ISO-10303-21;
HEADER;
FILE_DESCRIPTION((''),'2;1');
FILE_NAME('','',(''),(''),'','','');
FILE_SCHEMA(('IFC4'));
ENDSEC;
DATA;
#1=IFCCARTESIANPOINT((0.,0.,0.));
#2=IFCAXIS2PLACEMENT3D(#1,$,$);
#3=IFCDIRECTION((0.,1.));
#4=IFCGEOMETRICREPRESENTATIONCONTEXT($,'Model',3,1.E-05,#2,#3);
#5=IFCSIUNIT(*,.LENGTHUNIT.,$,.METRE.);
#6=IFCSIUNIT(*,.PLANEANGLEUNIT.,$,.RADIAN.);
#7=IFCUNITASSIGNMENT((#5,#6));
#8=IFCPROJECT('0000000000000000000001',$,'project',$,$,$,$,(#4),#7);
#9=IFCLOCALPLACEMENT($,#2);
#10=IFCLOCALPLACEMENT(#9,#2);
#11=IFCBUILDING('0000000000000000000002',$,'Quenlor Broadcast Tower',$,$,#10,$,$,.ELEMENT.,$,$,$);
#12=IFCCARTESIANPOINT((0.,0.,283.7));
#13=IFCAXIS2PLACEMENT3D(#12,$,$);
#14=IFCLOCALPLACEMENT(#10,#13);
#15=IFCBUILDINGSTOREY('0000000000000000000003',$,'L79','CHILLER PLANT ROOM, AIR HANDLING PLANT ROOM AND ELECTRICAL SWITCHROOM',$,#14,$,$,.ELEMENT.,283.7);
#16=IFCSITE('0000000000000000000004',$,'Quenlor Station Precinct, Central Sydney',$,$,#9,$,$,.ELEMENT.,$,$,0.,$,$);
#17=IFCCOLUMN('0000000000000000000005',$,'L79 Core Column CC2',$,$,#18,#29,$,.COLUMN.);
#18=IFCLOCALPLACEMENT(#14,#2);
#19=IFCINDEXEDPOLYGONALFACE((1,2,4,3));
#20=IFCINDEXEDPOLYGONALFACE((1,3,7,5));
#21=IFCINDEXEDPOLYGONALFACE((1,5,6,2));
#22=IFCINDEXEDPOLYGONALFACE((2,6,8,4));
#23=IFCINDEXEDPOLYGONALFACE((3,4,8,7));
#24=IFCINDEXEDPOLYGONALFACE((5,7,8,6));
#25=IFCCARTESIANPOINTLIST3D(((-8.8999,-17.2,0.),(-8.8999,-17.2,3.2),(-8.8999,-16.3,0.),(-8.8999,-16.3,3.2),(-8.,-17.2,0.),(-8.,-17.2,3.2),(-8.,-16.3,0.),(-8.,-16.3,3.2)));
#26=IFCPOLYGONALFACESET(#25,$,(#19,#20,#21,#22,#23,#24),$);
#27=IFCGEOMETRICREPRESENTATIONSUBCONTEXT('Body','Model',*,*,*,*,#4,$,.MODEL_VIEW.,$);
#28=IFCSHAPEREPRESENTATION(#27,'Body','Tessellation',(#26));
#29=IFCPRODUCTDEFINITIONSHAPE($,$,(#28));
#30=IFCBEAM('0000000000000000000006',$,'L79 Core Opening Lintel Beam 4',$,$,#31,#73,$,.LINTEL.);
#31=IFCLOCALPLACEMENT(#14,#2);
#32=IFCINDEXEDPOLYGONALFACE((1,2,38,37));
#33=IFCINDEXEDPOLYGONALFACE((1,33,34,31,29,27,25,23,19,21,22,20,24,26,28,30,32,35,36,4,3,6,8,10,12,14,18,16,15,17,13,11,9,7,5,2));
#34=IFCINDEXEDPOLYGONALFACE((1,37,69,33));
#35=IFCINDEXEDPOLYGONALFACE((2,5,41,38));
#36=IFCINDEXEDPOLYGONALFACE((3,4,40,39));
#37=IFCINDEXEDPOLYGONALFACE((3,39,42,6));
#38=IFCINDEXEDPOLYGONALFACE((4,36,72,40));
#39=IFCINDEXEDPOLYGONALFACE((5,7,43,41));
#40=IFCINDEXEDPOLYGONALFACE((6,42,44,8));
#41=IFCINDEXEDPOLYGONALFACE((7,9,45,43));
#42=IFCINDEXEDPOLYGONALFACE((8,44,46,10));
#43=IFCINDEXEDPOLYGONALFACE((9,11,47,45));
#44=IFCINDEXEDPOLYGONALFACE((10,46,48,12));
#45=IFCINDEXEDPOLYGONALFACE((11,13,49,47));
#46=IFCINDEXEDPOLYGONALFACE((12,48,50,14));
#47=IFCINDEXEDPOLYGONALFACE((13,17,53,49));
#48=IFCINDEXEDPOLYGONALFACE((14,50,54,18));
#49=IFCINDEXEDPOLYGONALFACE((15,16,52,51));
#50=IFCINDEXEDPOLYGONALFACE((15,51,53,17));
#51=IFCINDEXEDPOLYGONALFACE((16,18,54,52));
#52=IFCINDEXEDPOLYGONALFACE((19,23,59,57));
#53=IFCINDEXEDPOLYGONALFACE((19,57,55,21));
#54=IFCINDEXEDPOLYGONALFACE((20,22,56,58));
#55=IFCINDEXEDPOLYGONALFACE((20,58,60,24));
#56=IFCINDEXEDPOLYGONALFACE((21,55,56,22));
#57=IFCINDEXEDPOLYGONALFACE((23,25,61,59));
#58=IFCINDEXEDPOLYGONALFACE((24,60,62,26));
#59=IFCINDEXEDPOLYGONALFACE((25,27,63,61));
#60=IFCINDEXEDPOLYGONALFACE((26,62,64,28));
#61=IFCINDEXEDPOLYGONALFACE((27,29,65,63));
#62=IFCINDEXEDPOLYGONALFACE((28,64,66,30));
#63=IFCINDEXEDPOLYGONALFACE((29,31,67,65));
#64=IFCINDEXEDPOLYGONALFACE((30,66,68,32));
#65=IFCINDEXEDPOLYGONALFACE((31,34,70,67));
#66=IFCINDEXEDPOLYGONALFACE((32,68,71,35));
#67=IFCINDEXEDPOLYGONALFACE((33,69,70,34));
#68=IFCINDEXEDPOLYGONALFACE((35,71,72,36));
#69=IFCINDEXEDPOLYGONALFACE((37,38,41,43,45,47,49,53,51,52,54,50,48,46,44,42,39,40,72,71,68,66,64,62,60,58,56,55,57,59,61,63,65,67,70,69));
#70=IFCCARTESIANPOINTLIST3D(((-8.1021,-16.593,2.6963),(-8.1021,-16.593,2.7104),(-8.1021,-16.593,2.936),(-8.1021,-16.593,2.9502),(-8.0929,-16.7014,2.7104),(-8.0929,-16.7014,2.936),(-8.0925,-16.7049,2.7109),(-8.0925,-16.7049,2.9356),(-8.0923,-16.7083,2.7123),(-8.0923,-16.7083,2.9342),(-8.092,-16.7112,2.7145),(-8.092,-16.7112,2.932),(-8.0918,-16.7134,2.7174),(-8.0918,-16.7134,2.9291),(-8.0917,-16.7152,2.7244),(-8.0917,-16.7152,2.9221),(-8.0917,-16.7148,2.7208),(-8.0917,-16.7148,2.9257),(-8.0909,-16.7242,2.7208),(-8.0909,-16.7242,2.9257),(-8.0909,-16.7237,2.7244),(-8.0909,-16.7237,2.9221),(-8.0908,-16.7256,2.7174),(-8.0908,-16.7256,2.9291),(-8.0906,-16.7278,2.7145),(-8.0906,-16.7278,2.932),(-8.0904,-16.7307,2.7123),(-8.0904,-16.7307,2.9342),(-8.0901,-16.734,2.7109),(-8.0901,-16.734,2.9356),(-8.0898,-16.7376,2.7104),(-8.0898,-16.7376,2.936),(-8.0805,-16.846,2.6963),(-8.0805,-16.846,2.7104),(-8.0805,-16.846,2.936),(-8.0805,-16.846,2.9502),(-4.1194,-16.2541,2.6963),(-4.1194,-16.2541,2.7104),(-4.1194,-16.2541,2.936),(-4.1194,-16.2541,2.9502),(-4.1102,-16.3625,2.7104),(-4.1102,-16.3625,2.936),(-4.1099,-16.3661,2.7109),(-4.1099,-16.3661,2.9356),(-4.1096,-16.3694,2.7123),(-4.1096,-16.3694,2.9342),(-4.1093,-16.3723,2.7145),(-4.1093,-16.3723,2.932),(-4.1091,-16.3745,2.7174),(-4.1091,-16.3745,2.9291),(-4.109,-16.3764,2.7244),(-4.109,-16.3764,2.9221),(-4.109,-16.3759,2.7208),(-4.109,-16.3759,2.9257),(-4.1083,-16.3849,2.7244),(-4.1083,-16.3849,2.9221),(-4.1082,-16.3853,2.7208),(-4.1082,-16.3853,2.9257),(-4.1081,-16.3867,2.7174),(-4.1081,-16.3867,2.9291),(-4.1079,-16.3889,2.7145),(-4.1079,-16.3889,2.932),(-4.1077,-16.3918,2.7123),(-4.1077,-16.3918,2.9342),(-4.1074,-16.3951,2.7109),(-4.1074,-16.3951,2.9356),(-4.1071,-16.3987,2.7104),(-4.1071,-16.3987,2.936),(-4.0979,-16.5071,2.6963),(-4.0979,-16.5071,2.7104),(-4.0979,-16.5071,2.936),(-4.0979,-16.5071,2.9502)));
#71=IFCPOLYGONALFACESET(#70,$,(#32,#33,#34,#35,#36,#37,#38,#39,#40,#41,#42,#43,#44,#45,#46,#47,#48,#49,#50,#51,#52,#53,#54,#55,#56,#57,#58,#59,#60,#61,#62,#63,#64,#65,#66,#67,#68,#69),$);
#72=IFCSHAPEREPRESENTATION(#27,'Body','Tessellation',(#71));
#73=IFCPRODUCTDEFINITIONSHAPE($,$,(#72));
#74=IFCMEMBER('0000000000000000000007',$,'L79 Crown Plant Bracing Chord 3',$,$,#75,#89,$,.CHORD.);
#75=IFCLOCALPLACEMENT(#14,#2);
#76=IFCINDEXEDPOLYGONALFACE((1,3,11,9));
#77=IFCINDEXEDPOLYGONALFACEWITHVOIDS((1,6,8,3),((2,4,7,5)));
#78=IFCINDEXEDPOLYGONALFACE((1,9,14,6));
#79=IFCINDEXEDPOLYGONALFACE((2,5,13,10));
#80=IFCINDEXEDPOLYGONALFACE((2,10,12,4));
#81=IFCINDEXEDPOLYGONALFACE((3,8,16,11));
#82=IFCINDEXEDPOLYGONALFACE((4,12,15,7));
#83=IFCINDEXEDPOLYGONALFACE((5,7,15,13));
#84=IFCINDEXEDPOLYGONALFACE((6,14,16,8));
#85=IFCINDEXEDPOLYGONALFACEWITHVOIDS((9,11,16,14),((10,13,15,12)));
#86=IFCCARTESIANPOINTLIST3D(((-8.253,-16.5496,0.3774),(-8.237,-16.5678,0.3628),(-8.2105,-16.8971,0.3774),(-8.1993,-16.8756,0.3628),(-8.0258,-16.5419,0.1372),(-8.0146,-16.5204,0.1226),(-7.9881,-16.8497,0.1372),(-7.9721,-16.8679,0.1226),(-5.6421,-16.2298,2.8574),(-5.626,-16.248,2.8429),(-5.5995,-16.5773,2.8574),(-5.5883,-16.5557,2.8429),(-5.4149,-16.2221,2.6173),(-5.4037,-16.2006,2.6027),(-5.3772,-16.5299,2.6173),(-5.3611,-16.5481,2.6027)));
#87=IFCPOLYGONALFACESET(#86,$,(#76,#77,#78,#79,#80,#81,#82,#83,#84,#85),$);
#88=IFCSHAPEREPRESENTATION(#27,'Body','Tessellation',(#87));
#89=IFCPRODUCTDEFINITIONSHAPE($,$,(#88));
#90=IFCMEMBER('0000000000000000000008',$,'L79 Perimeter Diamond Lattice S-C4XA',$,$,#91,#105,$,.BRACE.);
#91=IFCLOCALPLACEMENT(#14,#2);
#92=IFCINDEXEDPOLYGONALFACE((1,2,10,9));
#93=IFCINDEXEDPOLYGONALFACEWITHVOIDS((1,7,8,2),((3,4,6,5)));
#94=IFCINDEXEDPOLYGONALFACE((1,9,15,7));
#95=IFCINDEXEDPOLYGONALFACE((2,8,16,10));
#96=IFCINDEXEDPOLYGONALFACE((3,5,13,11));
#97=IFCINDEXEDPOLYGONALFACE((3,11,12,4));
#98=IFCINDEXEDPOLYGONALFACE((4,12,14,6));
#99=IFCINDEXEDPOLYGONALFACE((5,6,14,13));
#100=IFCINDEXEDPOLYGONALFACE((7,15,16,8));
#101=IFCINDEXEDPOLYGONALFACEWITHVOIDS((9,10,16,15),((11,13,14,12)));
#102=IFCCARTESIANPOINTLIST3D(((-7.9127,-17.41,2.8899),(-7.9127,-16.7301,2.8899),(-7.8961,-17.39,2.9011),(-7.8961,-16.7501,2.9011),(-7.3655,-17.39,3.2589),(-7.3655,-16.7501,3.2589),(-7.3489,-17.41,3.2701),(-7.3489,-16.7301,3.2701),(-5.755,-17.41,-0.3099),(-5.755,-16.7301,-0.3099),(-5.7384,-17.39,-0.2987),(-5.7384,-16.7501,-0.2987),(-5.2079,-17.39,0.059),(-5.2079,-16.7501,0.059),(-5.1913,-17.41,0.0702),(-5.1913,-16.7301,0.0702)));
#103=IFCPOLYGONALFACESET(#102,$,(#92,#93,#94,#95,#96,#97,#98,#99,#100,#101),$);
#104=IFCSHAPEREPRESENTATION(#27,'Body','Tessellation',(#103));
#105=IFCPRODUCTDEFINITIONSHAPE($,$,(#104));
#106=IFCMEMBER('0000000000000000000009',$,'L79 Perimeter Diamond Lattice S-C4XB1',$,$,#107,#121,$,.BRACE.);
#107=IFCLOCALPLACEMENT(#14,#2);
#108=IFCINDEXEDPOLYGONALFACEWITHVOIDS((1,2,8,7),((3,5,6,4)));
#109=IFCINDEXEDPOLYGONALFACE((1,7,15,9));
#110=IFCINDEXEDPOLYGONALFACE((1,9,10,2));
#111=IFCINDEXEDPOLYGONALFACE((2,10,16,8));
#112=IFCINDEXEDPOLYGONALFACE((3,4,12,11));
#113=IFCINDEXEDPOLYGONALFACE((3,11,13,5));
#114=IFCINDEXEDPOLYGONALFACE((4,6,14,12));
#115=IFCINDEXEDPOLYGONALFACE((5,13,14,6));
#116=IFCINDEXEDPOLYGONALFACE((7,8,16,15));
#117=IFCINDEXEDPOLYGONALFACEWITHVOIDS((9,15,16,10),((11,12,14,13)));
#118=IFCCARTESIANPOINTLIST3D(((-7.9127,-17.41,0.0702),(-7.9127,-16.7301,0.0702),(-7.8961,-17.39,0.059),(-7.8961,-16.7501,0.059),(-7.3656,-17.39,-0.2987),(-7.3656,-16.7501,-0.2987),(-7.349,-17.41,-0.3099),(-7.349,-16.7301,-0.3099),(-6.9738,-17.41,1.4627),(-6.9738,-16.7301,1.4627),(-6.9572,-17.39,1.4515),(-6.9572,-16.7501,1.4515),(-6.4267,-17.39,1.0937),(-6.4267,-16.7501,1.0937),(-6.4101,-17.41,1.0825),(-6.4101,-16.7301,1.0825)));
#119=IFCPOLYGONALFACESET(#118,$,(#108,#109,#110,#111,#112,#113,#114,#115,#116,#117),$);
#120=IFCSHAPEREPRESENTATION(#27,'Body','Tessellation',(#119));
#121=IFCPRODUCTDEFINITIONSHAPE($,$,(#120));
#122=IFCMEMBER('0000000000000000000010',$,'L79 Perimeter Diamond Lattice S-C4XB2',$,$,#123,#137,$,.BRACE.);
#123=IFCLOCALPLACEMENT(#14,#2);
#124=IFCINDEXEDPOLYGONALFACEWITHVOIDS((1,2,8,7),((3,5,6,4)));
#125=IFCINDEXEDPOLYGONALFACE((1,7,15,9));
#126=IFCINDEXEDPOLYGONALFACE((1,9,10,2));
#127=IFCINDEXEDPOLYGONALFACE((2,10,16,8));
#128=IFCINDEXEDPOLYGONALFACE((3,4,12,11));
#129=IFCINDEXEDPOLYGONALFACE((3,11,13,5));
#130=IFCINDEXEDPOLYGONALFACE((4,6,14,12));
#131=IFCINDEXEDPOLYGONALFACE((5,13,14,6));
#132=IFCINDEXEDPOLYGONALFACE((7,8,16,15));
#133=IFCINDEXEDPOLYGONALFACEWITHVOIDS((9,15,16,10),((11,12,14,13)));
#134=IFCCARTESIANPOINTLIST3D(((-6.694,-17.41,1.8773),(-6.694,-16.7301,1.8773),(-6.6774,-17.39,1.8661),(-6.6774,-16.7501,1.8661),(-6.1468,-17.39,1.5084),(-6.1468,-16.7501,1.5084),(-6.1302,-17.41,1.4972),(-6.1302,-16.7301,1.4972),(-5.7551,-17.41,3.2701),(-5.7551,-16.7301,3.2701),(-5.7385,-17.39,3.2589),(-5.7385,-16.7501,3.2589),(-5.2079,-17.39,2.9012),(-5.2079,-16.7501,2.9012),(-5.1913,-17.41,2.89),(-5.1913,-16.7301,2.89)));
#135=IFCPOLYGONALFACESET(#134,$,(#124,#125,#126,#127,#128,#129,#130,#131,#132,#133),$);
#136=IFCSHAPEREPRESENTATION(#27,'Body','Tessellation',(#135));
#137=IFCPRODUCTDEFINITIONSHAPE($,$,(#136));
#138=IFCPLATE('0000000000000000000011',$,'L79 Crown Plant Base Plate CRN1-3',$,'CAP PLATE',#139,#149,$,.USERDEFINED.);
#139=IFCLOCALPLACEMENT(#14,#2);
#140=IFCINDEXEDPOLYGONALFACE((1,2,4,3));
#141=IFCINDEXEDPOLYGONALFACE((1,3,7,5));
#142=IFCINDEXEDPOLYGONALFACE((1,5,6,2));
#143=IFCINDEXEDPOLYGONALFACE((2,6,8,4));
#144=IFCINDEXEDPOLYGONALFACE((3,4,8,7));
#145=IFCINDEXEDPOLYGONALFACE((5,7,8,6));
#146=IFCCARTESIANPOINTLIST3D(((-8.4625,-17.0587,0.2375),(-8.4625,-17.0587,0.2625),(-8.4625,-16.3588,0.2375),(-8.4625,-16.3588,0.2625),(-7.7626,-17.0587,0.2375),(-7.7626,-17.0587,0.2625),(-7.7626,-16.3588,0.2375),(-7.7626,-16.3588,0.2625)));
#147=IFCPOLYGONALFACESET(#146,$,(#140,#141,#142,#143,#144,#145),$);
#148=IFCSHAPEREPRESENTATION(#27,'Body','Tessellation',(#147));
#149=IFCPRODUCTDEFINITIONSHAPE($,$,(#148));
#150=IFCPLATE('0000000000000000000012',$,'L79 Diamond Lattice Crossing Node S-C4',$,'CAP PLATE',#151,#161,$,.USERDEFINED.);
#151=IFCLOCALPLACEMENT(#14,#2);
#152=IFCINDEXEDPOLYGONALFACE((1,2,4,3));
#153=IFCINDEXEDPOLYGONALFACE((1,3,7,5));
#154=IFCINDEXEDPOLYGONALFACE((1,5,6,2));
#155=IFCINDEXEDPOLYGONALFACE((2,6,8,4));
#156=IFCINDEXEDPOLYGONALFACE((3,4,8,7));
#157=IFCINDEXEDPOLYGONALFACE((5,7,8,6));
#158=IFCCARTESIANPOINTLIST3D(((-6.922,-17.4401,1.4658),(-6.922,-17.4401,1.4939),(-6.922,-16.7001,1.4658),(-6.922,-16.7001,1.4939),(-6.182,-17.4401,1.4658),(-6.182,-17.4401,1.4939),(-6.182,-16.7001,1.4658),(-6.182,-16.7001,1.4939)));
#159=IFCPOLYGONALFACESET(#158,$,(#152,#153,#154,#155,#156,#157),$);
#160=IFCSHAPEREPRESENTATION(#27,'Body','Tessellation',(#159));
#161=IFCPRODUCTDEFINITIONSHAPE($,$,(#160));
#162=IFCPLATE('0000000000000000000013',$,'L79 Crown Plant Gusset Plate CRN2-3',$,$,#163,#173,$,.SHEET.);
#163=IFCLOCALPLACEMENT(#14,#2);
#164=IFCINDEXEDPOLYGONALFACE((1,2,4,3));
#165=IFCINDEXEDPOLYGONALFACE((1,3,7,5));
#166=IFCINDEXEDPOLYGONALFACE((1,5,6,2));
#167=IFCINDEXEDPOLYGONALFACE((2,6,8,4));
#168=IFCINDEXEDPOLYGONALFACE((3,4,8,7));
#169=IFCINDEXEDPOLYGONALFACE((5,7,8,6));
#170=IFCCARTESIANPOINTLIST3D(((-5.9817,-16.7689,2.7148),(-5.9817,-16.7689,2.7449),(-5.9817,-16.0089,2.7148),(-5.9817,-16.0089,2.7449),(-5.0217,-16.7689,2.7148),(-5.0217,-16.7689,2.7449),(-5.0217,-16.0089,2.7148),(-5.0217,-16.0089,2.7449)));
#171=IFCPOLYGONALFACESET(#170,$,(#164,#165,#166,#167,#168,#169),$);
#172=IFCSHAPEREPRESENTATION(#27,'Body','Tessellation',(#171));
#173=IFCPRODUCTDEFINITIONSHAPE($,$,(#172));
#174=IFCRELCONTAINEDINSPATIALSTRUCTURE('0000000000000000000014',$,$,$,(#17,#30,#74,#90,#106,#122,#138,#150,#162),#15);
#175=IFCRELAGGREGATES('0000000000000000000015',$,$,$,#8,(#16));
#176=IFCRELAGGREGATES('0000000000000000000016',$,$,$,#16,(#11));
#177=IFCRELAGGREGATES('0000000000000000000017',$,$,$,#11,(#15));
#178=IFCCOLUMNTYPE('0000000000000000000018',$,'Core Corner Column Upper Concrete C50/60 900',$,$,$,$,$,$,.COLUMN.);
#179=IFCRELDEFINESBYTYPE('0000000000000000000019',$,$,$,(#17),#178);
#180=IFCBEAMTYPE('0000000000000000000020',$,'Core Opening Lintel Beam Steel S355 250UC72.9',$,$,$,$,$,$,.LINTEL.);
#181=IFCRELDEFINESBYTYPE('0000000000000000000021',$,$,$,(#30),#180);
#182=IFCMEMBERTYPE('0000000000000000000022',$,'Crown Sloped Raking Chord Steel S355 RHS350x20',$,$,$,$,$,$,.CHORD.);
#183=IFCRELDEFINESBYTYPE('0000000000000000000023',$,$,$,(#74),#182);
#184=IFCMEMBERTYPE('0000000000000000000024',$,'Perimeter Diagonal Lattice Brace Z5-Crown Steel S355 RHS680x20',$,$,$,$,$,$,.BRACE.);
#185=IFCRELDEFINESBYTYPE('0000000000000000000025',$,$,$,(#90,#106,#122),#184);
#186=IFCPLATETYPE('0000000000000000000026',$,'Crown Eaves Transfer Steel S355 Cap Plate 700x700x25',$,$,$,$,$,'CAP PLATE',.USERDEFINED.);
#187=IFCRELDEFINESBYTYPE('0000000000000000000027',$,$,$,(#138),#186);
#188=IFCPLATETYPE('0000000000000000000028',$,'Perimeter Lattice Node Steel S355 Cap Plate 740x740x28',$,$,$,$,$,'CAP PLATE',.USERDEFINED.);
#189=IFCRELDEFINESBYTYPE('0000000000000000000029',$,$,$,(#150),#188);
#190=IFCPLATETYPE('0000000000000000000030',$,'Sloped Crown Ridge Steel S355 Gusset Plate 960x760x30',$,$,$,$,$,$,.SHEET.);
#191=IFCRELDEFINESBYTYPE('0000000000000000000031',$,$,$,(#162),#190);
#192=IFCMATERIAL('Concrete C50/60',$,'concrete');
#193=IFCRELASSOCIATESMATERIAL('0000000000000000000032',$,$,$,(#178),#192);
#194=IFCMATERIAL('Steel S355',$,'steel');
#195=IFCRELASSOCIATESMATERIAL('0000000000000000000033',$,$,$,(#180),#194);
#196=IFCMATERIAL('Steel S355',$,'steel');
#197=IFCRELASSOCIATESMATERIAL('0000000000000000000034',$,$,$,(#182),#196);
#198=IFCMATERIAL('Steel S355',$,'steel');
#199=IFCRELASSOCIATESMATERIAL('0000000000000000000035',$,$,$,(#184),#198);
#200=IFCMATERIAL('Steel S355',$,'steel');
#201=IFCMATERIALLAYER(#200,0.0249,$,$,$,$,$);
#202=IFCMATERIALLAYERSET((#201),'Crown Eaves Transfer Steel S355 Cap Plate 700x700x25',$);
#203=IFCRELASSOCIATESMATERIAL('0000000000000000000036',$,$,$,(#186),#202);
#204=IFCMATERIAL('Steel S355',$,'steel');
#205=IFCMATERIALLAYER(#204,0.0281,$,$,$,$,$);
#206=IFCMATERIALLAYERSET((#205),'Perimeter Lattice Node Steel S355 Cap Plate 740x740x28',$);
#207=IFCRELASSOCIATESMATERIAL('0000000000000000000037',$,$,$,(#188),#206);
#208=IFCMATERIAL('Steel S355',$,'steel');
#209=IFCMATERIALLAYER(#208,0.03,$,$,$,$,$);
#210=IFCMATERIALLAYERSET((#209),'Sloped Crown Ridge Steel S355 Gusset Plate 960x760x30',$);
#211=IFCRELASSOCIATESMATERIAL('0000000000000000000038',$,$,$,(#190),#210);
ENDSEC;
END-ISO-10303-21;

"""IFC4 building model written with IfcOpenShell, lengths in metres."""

from ifc_helpers import new_model, si_unit, direction, frame, origin, origin_2d, place, context, subcontext, project, spatial, rectangle, hollow_rectangle, i_section, extrude, material, layer, layer_set, material_profile, profile_set, type_object, element, save


model = new_model("IFC4")

# Units and contexts
model_context = context("Model", 3, precision=1e-05, world=origin(), true_north=direction((0.0, 1.0)))
body_context = subcontext(model_context, "Body", "Model", "MODEL_VIEW")
ifc_project = project(units=[si_unit("LENGTHUNIT", "METRE"), si_unit("PLANEANGLEUNIT", "RADIAN")], contexts=[model_context])

# Site, building, storey
site_placement = place(None, origin())
site = spatial("IfcSite", under=ifc_project, at=site_placement, Name="Quenlor Station Precinct, Central Sydney", CompositionType="ELEMENT", RefElevation=0.0)
building_placement = place(site_placement, origin())
building = spatial("IfcBuilding", under=site, at=building_placement, Name="Quenlor Broadcast Tower", CompositionType="ELEMENT")
storey_placement = place(building_placement, frame((0.0, 0.0, 283.7)))
storey = spatial("IfcBuildingStorey", under=building, at=storey_placement, Name="L79", Description="CHILLER PLANT ROOM, AIR HANDLING PLANT ROOM AND ELECTRICAL SWITCHROOM", CompositionType="ELEMENT", Elevation=283.7)

# Column
ifc_material_1 = material(Name="Concrete C50/60", Category="concrete")
ifc_material_profile_1 = material_profile(ifc_material_1, rectangle(XDim=0.8999, YDim=0.8999, at=origin_2d()))
ifc_profile_set_1 = profile_set([ifc_material_profile_1], Name="Concrete C50/60 RC900x900")
column_type = type_object("IfcColumnType", Name="Core Corner Column Upper Concrete C50/60 900", PredefinedType="COLUMN", material=ifc_profile_set_1)
column_placement = place(storey_placement, frame((-8.45, -16.75, 0.0), z_axis=(0.0, 0.0, 1.0), x_axis=(1.0, 0.0, 0.0)))
element("IfcColumn", 1, at=column_placement, inside=storey, type_object=column_type, Name="L79 Core Column CC2", PredefinedType="COLUMN", context=body_context, shape_type="SweptSolid", body=[
    extrude(rectangle(XDim=0.8999, YDim=0.8999, at=origin_2d()), origin(), (0.0, 0.0, 1.0), 3.2),
])

# Beam
ifc_material_2 = material(Name="Steel S355", Category="steel")
ifc_material_profile_2 = material_profile(ifc_material_2, i_section(OverallWidth=0.2539, OverallDepth=0.2539, WebThickness=0.0085, FlangeThickness=0.0142, FilletRadius=0.0139, at=origin_2d()))
ifc_profile_set_2 = profile_set([ifc_material_profile_2], Name="Steel S355 250UC72.9")
beam_type = type_object("IfcBeamType", Name="Core Opening Lintel Beam Steel S355 250UC72.9", PredefinedType="LINTEL", material=ifc_profile_set_2)
beam_placement = place(storey_placement, frame((-8.0913, -16.7195, 2.8232), z_axis=(0.9964, 0.084779, 0.0), x_axis=(-0.084779, 0.9964, 0.0)))
element("IfcBeam", 2, at=beam_placement, inside=storey, type_object=beam_type, Name="L79 Core Opening Lintel Beam 4", PredefinedType="LINTEL", context=body_context, shape_type="SweptSolid", body=[
    extrude(i_section(OverallWidth=0.2539, OverallDepth=0.2539, WebThickness=0.0085, FlangeThickness=0.0142, FilletRadius=0.0139, at=origin_2d()), origin(), (0.0, 0.0, 1.0), 3.9971),
])

# Members
ifc_material_3 = material(Name="Steel S355", Category="steel")
ifc_material_profile_3 = material_profile(ifc_material_3, hollow_rectangle(XDim=0.3501, YDim=0.3501, WallThickness=0.02, at=origin_2d()))
ifc_profile_set_3 = profile_set([ifc_material_profile_3], Name="Steel S355 RHS350x350x20")
member_type_1 = type_object("IfcMemberType", Name="Crown Sloped Raking Chord Steel S355 RHS350x20", PredefinedType="CHORD", material=ifc_profile_set_3)
member_1_placement = place(storey_placement, frame((-8.1125, -16.7087, 0.25), z_axis=(0.722201, 0.088469, 0.686003), x_axis=(-0.12159, 0.99258, 0.0)))
element("IfcMember", 3, at=member_1_placement, inside=storey, type_object=member_type_1, Name="L79 Crown Plant Bracing Chord 3", PredefinedType="CHORD", context=body_context, shape_type="SweptSolid", body=[
    extrude(hollow_rectangle(XDim=0.3501, YDim=0.3501, WallThickness=0.02, at=origin_2d()), origin(), (0.0, 0.0, 1.0), 3.6152),
])
ifc_material_4 = material(Name="Steel S355", Category="steel")
ifc_material_profile_4 = material_profile(ifc_material_4, hollow_rectangle(XDim=0.6799, YDim=0.6799, WallThickness=0.02, at=origin_2d()))
ifc_profile_set_4 = profile_set([ifc_material_profile_4], Name="Steel S355 RHS680x680x20")
member_type_2 = type_object("IfcMemberType", Name="Perimeter Diagonal Lattice Brace Z5-Crown Steel S355 RHS680x20", PredefinedType="BRACE", material=ifc_profile_set_4)
member_2_placement = place(storey_placement, frame((-5.4731, -17.0701, -0.1199), z_axis=(-0.559072, 0.0, 0.829119), x_axis=(0.0, -1.0, 0.0)))
element("IfcMember", 4, at=member_2_placement, inside=storey, type_object=member_type_2, Name="L79 Perimeter Diamond Lattice S-C4XA", PredefinedType="BRACE", context=body_context, shape_type="SweptSolid", body=[
    extrude(hollow_rectangle(XDim=0.6799, YDim=0.6799, WallThickness=0.02, at=origin_2d()), origin(), (0.0, 0.0, 1.0), 3.8594),
])
member_3_placement = place(storey_placement, frame((-7.6309, -17.0701, -0.1199), z_axis=(0.559053, 0.0, 0.829132), x_axis=(0.0, 1.0, 0.0)))
element("IfcMember", 5, at=member_3_placement, inside=storey, type_object=member_type_2, Name="L79 Perimeter Diamond Lattice S-C4XB1", PredefinedType="BRACE", context=body_context, shape_type="SweptSolid", body=[
    extrude(hollow_rectangle(XDim=0.6799, YDim=0.6799, WallThickness=0.02, at=origin_2d()), origin(), (0.0, 0.0, 1.0), 1.6794),
])
member_4_placement = place(storey_placement, frame((-6.4121, -17.0701, 1.6873), z_axis=(0.558986, 0.0, 0.829177), x_axis=(0.0, 1.0, 0.0)))
element("IfcMember", 6, at=member_4_placement, inside=storey, type_object=member_type_2, Name="L79 Perimeter Diamond Lattice S-C4XB2", PredefinedType="BRACE", context=body_context, shape_type="SweptSolid", body=[
    extrude(hollow_rectangle(XDim=0.6799, YDim=0.6799, WallThickness=0.02, at=origin_2d()), origin(), (0.0, 0.0, 1.0), 1.6797),
])

# Plates
ifc_material_5 = material(Name="Steel S355", Category="steel")
ifc_layer_1 = layer(ifc_material_5, 0.0249)
ifc_layer_set_1 = layer_set([ifc_layer_1], Name="Crown Eaves Transfer Steel S355 Cap Plate 700x700x25")
plate_type_1 = type_object("IfcPlateType", Name="Crown Eaves Transfer Steel S355 Cap Plate 700x700x25", ElementType="CAP PLATE", PredefinedType="USERDEFINED", material=ifc_layer_set_1)
plate_1_placement = place(storey_placement, frame((-8.1125, -16.7087, 0.2375), z_axis=(0.0, 0.0, 1.0), x_axis=(1.0, 0.0, 0.0)))
element("IfcPlate", 7, at=plate_1_placement, inside=storey, type_object=plate_type_1, Name="L79 Crown Plant Base Plate CRN1-3", ObjectType="CAP PLATE", PredefinedType="USERDEFINED", context=body_context, shape_type="SweptSolid", body=[
    extrude(rectangle(XDim=0.7, YDim=0.7, at=origin_2d()), origin(), (0.0, 0.0, 1.0), 0.0249),
])
ifc_material_6 = material(Name="Steel S355", Category="steel")
ifc_layer_2 = layer(ifc_material_6, 0.0281)
ifc_layer_set_2 = layer_set([ifc_layer_2], Name="Perimeter Lattice Node Steel S355 Cap Plate 740x740x28")
plate_type_2 = type_object("IfcPlateType", Name="Perimeter Lattice Node Steel S355 Cap Plate 740x740x28", ElementType="CAP PLATE", PredefinedType="USERDEFINED", material=ifc_layer_set_2)
plate_2_placement = place(storey_placement, frame((-6.552, -17.0701, 1.4658), z_axis=(0.0, 0.0, 1.0), x_axis=(-1.0, 0.0, 0.0)))
element("IfcPlate", 8, at=plate_2_placement, inside=storey, type_object=plate_type_2, Name="L79 Diamond Lattice Crossing Node S-C4", ObjectType="CAP PLATE", PredefinedType="USERDEFINED", context=body_context, shape_type="SweptSolid", body=[
    extrude(rectangle(XDim=0.74, YDim=0.74, at=origin_2d()), origin(), (0.0, 0.0, 1.0), 0.0281),
])
ifc_material_7 = material(Name="Steel S355", Category="steel")
ifc_layer_3 = layer(ifc_material_7, 0.03)
ifc_layer_set_3 = layer_set([ifc_layer_3], Name="Sloped Crown Ridge Steel S355 Gusset Plate 960x760x30")
plate_type_3 = type_object("IfcPlateType", Name="Sloped Crown Ridge Steel S355 Gusset Plate 960x760x30", PredefinedType="SHEET", material=ifc_layer_set_3)
plate_3_placement = place(storey_placement, frame((-5.5017, -16.3889, 2.7148), z_axis=(0.0, 0.0, 1.0), x_axis=(1.0, 0.0, 0.0)))
element("IfcPlate", 9, at=plate_3_placement, inside=storey, type_object=plate_type_3, Name="L79 Crown Plant Gusset Plate CRN2-3", PredefinedType="SHEET", context=body_context, shape_type="SweptSolid", body=[
    extrude(rectangle(XDim=0.96, YDim=0.76, at=origin_2d()), origin(), (0.0, 0.0, 1.0), 0.03),
])

save(model, "model.ifc")
